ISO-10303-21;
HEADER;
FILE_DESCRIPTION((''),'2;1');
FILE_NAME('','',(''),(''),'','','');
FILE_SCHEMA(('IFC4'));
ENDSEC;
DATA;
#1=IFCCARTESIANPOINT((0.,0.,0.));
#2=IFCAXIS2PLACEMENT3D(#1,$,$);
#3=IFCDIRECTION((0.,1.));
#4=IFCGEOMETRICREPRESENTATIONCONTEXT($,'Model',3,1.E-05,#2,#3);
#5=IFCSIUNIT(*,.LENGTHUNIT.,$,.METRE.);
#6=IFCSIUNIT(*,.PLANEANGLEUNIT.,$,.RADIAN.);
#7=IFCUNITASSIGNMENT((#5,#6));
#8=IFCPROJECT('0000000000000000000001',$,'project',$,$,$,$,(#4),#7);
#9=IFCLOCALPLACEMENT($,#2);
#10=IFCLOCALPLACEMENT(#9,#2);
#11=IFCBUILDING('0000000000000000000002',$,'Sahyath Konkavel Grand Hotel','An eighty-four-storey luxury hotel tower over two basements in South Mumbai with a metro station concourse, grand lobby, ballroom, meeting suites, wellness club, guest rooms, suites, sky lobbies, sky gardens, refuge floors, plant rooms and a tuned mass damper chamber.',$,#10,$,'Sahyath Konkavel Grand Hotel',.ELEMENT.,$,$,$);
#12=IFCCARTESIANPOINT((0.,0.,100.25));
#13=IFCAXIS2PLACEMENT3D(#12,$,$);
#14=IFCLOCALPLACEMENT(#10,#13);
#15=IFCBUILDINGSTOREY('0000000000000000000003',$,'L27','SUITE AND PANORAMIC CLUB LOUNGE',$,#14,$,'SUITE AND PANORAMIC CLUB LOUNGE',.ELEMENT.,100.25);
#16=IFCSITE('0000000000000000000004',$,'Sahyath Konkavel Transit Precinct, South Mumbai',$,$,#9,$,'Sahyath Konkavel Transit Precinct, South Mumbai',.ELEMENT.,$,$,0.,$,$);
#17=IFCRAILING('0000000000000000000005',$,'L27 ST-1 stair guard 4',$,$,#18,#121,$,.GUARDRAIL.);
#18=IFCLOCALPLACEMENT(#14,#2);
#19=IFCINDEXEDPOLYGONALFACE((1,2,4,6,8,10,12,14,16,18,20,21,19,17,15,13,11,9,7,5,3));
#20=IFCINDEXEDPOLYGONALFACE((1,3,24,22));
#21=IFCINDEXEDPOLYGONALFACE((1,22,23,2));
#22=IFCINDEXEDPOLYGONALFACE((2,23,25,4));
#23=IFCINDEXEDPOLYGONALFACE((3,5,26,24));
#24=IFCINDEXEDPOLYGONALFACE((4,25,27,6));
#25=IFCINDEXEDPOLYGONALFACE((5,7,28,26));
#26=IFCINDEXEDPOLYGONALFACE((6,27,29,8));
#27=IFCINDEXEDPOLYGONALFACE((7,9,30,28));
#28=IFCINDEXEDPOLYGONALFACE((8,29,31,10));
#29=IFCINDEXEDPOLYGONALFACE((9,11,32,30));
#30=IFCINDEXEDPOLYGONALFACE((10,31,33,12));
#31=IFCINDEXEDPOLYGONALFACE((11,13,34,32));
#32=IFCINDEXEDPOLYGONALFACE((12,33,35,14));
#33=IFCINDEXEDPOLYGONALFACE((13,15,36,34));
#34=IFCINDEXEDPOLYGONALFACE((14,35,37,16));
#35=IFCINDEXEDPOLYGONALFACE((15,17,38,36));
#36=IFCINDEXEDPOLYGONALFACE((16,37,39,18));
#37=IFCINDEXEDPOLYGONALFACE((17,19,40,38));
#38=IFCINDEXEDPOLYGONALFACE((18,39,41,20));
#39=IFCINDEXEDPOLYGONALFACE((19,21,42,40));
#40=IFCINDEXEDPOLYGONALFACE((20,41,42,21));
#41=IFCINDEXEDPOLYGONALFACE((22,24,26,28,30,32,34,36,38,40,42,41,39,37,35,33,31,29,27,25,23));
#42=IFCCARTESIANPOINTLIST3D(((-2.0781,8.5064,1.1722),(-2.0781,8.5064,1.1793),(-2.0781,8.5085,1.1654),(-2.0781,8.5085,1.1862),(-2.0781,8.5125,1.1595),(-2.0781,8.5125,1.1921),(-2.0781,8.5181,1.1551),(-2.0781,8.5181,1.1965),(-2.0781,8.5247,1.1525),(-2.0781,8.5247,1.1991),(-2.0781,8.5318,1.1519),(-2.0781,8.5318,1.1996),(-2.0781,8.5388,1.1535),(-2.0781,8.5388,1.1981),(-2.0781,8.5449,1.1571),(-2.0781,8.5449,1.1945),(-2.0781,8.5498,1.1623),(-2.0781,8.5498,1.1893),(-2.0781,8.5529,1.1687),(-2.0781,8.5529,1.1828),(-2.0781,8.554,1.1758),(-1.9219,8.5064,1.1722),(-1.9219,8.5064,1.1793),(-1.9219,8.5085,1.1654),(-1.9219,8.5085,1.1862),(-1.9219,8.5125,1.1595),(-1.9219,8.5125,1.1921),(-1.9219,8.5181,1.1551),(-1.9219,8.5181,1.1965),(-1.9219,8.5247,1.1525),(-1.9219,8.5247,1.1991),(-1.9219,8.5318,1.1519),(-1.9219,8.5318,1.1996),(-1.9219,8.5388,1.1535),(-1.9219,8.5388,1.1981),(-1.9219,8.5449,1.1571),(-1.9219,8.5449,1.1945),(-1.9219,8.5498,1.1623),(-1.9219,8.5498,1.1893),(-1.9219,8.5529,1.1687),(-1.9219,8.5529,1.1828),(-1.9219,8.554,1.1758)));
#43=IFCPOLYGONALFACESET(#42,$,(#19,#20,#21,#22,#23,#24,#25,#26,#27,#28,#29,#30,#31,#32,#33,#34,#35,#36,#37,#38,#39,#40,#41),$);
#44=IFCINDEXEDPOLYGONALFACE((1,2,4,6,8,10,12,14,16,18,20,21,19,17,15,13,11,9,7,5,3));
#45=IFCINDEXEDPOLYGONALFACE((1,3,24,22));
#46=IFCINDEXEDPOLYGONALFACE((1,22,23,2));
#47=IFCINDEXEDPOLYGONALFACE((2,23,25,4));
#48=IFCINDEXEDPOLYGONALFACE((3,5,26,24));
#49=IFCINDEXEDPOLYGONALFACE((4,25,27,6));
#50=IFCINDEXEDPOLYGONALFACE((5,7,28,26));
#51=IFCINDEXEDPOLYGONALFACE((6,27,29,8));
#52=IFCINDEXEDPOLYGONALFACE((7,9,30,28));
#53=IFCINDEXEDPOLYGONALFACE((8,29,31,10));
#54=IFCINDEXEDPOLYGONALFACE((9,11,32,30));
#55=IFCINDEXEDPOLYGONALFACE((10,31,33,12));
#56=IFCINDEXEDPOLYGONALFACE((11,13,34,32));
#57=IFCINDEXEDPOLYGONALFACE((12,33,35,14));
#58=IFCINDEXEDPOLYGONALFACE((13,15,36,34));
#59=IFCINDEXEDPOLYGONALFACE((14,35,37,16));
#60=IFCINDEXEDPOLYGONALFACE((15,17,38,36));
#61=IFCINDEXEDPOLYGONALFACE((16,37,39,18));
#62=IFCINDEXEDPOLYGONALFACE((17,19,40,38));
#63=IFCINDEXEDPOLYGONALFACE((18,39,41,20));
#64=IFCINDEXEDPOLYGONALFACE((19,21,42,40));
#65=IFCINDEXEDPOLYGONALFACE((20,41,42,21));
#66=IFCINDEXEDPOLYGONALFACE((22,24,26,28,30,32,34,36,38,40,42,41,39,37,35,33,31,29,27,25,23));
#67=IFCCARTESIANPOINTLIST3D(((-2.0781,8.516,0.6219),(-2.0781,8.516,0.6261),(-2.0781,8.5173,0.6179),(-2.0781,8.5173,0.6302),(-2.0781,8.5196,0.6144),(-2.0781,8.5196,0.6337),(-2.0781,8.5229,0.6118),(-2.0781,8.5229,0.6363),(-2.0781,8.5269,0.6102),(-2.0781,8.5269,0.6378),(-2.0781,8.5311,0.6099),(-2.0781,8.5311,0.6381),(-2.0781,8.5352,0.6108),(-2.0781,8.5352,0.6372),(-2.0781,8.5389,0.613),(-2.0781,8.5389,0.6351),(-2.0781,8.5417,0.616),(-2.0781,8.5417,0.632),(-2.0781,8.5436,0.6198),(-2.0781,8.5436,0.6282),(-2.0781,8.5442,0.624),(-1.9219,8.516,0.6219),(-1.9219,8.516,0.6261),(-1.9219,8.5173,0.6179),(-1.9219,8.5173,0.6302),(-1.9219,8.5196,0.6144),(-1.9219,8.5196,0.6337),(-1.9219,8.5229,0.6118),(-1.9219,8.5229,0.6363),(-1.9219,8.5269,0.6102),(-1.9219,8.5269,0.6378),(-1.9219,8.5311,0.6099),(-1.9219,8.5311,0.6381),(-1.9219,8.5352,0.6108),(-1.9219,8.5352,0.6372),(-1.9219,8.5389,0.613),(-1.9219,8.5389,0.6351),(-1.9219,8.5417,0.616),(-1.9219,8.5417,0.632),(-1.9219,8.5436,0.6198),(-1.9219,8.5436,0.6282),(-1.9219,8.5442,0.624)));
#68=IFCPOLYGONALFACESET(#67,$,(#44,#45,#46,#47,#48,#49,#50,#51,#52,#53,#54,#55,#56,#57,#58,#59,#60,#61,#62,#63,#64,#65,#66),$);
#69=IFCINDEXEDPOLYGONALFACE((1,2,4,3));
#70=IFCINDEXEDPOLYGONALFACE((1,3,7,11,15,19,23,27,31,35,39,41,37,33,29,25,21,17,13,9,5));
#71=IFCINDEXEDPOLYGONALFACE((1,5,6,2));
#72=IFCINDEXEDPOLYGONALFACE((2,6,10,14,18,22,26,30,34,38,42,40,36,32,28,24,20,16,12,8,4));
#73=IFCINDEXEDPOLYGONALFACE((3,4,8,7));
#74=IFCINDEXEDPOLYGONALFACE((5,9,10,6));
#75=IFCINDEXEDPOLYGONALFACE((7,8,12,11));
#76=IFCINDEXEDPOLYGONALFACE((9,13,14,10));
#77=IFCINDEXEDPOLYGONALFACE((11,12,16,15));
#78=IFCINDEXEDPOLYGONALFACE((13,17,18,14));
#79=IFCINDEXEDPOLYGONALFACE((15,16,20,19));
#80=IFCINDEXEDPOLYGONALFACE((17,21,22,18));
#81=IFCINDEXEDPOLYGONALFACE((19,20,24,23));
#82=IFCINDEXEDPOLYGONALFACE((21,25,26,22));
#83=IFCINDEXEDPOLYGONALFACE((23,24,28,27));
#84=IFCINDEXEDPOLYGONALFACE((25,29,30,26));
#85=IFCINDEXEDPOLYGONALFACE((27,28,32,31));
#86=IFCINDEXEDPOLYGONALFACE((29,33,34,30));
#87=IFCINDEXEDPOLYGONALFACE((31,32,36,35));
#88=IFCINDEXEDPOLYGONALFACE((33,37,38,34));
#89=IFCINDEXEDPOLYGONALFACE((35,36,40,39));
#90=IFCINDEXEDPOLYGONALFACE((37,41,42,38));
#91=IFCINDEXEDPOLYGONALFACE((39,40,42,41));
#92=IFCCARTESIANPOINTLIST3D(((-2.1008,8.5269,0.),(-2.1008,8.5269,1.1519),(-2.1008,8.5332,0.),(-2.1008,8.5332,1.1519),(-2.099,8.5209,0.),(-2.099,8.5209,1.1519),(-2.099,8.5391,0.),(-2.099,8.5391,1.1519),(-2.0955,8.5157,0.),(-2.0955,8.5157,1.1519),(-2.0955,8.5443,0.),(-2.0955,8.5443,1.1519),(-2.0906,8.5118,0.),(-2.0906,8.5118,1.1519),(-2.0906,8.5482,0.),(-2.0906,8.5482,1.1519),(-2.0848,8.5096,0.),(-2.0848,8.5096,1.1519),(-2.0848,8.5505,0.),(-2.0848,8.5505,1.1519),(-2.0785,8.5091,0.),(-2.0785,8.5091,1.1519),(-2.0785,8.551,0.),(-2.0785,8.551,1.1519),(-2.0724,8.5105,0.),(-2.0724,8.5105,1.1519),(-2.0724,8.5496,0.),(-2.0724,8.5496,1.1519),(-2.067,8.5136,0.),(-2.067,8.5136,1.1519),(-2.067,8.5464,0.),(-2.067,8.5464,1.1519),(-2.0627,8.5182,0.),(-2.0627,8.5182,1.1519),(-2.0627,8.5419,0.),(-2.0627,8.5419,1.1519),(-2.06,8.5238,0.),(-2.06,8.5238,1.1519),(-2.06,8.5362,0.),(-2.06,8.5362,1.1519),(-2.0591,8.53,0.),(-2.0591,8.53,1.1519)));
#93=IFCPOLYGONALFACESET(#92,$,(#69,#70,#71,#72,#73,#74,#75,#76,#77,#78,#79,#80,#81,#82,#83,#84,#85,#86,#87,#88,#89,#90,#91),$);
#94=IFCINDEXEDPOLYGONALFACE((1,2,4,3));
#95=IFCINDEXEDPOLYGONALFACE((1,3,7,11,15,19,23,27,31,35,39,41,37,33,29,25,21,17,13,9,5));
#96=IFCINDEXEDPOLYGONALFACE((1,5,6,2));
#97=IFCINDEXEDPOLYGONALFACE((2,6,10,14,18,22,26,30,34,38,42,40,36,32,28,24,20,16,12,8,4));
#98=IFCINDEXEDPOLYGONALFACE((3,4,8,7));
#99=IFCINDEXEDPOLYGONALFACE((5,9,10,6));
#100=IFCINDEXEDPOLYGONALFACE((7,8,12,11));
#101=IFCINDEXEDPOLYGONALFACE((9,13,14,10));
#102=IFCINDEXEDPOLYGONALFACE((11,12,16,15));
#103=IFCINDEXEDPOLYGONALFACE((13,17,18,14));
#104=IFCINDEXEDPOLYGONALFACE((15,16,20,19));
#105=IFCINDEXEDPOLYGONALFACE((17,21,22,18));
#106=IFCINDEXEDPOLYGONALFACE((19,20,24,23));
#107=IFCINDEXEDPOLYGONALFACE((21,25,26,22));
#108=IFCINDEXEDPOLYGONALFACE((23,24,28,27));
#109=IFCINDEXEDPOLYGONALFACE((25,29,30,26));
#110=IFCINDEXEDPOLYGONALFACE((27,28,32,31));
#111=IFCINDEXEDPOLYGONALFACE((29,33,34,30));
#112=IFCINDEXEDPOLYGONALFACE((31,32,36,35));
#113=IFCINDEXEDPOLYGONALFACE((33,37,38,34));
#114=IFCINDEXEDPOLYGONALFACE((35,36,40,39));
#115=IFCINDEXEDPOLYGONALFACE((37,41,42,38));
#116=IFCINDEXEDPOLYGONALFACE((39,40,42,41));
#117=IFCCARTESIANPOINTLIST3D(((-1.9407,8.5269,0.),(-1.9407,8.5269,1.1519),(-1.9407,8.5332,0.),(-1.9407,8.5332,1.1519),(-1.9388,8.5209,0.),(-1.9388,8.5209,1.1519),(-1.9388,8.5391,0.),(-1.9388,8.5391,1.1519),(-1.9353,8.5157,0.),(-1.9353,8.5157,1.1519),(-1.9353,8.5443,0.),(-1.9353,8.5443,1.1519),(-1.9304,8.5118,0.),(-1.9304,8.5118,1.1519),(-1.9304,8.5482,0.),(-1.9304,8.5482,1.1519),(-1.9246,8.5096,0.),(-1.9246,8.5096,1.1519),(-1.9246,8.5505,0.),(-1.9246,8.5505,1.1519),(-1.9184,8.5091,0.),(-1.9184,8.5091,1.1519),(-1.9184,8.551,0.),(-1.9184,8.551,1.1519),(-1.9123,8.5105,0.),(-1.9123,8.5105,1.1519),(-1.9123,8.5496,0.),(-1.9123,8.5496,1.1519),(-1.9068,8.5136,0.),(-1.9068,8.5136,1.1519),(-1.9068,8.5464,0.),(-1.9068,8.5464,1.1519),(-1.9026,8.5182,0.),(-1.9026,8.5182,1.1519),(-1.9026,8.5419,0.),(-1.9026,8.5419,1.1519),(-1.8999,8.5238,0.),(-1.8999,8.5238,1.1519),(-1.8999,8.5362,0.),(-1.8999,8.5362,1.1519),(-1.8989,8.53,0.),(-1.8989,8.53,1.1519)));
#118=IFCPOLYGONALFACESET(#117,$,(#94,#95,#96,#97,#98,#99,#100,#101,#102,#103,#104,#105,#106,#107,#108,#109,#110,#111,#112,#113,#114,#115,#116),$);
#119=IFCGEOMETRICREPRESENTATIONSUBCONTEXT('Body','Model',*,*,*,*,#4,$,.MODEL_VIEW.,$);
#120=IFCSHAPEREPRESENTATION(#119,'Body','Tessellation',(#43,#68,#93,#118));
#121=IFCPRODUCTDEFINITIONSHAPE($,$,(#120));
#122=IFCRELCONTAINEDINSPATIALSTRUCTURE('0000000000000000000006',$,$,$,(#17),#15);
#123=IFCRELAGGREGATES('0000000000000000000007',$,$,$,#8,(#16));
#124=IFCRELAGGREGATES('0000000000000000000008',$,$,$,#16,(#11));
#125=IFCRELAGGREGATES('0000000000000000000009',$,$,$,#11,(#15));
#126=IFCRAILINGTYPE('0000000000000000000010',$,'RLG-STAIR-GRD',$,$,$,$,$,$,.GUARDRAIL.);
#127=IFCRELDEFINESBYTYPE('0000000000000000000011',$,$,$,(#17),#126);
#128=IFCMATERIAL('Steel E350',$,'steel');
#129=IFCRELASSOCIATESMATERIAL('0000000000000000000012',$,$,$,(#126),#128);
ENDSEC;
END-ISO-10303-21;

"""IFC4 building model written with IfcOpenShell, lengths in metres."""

from ifc_helpers import new_model, si_unit, direction, frame, origin, origin_2d, place, context, subcontext, project, spatial, circle, extrude, material, type_object, element, save


model = new_model("IFC4")

# Units and contexts
model_context = context("Model", 3, precision=1e-05, world=origin(), true_north=direction((0.0, 1.0)))
body_context = subcontext(model_context, "Body", "Model", "MODEL_VIEW")
ifc_project = project(units=[si_unit("LENGTHUNIT", "METRE"), si_unit("PLANEANGLEUNIT", "RADIAN")], contexts=[model_context])

# Site, building, storey
site_placement = place(None, origin())
site = spatial("IfcSite", under=ifc_project, at=site_placement, Name="Sahyath Konkavel Transit Precinct, South Mumbai", LongName="Sahyath Konkavel Transit Precinct, South Mumbai", CompositionType="ELEMENT", RefElevation=0.0)
building_placement = place(site_placement, origin())
building = spatial("IfcBuilding", under=site, at=building_placement, Name="Sahyath Konkavel Grand Hotel", Description="An eighty-four-storey luxury hotel tower over two basements in South Mumbai with a metro station concourse, grand lobby, ballroom, meeting suites, wellness club, guest rooms, suites, sky lobbies, sky gardens, refuge floors, plant rooms and a tuned mass damper chamber.", LongName="Sahyath Konkavel Grand Hotel", CompositionType="ELEMENT")
storey_placement = place(building_placement, frame((0.0, 0.0, 100.25)))
storey = spatial("IfcBuildingStorey", under=building, at=storey_placement, Name="L27", Description="SUITE AND PANORAMIC CLUB LOUNGE", LongName="SUITE AND PANORAMIC CLUB LOUNGE", CompositionType="ELEMENT", Elevation=100.25)

# Shared definitions
ifc_material_1 = material(Name="Steel E350", Category="steel")

# Railing
railing_type_1 = type_object("IfcRailingType", Name="RLG-STAIR-GRD", PredefinedType="GUARDRAIL", material=ifc_material_1)
railing_1_placement = place(storey_placement, frame((-2.0801, 8.53, 0.0)))
element("IfcRailing", 1, at=railing_1_placement, inside=storey, type_object=railing_type_1, Name="L27 ST-1 stair guard 4", PredefinedType="GUARDRAIL", context=body_context, shape_type="SweptSolid", body=[
    extrude(circle(Radius=0.0239, at=origin_2d()), frame((0.002, 0.0, 1.1758), z_axis=(1.0, 0.0, 0.0), x_axis=(0.0, 1.0, 0.0)), (0.0, 0.0, 1.0), 0.1562),
    extrude(circle(Radius=0.0142, at=origin_2d()), frame((0.002, 0.0, 0.624), z_axis=(1.0, 0.0, 0.0), x_axis=(0.0, 1.0, 0.0)), (0.0, 0.0, 1.0), 0.1562),
    extrude(circle(Radius=0.021, at=origin_2d()), origin(), (0.0, 0.0, 1.0), 1.1519),
    extrude(circle(Radius=0.021, at=origin_2d()), frame((0.1602, 0.0, 0.0)), (0.0, 0.0, 1.0), 1.1519),
])

save(model, "model.ifc")
